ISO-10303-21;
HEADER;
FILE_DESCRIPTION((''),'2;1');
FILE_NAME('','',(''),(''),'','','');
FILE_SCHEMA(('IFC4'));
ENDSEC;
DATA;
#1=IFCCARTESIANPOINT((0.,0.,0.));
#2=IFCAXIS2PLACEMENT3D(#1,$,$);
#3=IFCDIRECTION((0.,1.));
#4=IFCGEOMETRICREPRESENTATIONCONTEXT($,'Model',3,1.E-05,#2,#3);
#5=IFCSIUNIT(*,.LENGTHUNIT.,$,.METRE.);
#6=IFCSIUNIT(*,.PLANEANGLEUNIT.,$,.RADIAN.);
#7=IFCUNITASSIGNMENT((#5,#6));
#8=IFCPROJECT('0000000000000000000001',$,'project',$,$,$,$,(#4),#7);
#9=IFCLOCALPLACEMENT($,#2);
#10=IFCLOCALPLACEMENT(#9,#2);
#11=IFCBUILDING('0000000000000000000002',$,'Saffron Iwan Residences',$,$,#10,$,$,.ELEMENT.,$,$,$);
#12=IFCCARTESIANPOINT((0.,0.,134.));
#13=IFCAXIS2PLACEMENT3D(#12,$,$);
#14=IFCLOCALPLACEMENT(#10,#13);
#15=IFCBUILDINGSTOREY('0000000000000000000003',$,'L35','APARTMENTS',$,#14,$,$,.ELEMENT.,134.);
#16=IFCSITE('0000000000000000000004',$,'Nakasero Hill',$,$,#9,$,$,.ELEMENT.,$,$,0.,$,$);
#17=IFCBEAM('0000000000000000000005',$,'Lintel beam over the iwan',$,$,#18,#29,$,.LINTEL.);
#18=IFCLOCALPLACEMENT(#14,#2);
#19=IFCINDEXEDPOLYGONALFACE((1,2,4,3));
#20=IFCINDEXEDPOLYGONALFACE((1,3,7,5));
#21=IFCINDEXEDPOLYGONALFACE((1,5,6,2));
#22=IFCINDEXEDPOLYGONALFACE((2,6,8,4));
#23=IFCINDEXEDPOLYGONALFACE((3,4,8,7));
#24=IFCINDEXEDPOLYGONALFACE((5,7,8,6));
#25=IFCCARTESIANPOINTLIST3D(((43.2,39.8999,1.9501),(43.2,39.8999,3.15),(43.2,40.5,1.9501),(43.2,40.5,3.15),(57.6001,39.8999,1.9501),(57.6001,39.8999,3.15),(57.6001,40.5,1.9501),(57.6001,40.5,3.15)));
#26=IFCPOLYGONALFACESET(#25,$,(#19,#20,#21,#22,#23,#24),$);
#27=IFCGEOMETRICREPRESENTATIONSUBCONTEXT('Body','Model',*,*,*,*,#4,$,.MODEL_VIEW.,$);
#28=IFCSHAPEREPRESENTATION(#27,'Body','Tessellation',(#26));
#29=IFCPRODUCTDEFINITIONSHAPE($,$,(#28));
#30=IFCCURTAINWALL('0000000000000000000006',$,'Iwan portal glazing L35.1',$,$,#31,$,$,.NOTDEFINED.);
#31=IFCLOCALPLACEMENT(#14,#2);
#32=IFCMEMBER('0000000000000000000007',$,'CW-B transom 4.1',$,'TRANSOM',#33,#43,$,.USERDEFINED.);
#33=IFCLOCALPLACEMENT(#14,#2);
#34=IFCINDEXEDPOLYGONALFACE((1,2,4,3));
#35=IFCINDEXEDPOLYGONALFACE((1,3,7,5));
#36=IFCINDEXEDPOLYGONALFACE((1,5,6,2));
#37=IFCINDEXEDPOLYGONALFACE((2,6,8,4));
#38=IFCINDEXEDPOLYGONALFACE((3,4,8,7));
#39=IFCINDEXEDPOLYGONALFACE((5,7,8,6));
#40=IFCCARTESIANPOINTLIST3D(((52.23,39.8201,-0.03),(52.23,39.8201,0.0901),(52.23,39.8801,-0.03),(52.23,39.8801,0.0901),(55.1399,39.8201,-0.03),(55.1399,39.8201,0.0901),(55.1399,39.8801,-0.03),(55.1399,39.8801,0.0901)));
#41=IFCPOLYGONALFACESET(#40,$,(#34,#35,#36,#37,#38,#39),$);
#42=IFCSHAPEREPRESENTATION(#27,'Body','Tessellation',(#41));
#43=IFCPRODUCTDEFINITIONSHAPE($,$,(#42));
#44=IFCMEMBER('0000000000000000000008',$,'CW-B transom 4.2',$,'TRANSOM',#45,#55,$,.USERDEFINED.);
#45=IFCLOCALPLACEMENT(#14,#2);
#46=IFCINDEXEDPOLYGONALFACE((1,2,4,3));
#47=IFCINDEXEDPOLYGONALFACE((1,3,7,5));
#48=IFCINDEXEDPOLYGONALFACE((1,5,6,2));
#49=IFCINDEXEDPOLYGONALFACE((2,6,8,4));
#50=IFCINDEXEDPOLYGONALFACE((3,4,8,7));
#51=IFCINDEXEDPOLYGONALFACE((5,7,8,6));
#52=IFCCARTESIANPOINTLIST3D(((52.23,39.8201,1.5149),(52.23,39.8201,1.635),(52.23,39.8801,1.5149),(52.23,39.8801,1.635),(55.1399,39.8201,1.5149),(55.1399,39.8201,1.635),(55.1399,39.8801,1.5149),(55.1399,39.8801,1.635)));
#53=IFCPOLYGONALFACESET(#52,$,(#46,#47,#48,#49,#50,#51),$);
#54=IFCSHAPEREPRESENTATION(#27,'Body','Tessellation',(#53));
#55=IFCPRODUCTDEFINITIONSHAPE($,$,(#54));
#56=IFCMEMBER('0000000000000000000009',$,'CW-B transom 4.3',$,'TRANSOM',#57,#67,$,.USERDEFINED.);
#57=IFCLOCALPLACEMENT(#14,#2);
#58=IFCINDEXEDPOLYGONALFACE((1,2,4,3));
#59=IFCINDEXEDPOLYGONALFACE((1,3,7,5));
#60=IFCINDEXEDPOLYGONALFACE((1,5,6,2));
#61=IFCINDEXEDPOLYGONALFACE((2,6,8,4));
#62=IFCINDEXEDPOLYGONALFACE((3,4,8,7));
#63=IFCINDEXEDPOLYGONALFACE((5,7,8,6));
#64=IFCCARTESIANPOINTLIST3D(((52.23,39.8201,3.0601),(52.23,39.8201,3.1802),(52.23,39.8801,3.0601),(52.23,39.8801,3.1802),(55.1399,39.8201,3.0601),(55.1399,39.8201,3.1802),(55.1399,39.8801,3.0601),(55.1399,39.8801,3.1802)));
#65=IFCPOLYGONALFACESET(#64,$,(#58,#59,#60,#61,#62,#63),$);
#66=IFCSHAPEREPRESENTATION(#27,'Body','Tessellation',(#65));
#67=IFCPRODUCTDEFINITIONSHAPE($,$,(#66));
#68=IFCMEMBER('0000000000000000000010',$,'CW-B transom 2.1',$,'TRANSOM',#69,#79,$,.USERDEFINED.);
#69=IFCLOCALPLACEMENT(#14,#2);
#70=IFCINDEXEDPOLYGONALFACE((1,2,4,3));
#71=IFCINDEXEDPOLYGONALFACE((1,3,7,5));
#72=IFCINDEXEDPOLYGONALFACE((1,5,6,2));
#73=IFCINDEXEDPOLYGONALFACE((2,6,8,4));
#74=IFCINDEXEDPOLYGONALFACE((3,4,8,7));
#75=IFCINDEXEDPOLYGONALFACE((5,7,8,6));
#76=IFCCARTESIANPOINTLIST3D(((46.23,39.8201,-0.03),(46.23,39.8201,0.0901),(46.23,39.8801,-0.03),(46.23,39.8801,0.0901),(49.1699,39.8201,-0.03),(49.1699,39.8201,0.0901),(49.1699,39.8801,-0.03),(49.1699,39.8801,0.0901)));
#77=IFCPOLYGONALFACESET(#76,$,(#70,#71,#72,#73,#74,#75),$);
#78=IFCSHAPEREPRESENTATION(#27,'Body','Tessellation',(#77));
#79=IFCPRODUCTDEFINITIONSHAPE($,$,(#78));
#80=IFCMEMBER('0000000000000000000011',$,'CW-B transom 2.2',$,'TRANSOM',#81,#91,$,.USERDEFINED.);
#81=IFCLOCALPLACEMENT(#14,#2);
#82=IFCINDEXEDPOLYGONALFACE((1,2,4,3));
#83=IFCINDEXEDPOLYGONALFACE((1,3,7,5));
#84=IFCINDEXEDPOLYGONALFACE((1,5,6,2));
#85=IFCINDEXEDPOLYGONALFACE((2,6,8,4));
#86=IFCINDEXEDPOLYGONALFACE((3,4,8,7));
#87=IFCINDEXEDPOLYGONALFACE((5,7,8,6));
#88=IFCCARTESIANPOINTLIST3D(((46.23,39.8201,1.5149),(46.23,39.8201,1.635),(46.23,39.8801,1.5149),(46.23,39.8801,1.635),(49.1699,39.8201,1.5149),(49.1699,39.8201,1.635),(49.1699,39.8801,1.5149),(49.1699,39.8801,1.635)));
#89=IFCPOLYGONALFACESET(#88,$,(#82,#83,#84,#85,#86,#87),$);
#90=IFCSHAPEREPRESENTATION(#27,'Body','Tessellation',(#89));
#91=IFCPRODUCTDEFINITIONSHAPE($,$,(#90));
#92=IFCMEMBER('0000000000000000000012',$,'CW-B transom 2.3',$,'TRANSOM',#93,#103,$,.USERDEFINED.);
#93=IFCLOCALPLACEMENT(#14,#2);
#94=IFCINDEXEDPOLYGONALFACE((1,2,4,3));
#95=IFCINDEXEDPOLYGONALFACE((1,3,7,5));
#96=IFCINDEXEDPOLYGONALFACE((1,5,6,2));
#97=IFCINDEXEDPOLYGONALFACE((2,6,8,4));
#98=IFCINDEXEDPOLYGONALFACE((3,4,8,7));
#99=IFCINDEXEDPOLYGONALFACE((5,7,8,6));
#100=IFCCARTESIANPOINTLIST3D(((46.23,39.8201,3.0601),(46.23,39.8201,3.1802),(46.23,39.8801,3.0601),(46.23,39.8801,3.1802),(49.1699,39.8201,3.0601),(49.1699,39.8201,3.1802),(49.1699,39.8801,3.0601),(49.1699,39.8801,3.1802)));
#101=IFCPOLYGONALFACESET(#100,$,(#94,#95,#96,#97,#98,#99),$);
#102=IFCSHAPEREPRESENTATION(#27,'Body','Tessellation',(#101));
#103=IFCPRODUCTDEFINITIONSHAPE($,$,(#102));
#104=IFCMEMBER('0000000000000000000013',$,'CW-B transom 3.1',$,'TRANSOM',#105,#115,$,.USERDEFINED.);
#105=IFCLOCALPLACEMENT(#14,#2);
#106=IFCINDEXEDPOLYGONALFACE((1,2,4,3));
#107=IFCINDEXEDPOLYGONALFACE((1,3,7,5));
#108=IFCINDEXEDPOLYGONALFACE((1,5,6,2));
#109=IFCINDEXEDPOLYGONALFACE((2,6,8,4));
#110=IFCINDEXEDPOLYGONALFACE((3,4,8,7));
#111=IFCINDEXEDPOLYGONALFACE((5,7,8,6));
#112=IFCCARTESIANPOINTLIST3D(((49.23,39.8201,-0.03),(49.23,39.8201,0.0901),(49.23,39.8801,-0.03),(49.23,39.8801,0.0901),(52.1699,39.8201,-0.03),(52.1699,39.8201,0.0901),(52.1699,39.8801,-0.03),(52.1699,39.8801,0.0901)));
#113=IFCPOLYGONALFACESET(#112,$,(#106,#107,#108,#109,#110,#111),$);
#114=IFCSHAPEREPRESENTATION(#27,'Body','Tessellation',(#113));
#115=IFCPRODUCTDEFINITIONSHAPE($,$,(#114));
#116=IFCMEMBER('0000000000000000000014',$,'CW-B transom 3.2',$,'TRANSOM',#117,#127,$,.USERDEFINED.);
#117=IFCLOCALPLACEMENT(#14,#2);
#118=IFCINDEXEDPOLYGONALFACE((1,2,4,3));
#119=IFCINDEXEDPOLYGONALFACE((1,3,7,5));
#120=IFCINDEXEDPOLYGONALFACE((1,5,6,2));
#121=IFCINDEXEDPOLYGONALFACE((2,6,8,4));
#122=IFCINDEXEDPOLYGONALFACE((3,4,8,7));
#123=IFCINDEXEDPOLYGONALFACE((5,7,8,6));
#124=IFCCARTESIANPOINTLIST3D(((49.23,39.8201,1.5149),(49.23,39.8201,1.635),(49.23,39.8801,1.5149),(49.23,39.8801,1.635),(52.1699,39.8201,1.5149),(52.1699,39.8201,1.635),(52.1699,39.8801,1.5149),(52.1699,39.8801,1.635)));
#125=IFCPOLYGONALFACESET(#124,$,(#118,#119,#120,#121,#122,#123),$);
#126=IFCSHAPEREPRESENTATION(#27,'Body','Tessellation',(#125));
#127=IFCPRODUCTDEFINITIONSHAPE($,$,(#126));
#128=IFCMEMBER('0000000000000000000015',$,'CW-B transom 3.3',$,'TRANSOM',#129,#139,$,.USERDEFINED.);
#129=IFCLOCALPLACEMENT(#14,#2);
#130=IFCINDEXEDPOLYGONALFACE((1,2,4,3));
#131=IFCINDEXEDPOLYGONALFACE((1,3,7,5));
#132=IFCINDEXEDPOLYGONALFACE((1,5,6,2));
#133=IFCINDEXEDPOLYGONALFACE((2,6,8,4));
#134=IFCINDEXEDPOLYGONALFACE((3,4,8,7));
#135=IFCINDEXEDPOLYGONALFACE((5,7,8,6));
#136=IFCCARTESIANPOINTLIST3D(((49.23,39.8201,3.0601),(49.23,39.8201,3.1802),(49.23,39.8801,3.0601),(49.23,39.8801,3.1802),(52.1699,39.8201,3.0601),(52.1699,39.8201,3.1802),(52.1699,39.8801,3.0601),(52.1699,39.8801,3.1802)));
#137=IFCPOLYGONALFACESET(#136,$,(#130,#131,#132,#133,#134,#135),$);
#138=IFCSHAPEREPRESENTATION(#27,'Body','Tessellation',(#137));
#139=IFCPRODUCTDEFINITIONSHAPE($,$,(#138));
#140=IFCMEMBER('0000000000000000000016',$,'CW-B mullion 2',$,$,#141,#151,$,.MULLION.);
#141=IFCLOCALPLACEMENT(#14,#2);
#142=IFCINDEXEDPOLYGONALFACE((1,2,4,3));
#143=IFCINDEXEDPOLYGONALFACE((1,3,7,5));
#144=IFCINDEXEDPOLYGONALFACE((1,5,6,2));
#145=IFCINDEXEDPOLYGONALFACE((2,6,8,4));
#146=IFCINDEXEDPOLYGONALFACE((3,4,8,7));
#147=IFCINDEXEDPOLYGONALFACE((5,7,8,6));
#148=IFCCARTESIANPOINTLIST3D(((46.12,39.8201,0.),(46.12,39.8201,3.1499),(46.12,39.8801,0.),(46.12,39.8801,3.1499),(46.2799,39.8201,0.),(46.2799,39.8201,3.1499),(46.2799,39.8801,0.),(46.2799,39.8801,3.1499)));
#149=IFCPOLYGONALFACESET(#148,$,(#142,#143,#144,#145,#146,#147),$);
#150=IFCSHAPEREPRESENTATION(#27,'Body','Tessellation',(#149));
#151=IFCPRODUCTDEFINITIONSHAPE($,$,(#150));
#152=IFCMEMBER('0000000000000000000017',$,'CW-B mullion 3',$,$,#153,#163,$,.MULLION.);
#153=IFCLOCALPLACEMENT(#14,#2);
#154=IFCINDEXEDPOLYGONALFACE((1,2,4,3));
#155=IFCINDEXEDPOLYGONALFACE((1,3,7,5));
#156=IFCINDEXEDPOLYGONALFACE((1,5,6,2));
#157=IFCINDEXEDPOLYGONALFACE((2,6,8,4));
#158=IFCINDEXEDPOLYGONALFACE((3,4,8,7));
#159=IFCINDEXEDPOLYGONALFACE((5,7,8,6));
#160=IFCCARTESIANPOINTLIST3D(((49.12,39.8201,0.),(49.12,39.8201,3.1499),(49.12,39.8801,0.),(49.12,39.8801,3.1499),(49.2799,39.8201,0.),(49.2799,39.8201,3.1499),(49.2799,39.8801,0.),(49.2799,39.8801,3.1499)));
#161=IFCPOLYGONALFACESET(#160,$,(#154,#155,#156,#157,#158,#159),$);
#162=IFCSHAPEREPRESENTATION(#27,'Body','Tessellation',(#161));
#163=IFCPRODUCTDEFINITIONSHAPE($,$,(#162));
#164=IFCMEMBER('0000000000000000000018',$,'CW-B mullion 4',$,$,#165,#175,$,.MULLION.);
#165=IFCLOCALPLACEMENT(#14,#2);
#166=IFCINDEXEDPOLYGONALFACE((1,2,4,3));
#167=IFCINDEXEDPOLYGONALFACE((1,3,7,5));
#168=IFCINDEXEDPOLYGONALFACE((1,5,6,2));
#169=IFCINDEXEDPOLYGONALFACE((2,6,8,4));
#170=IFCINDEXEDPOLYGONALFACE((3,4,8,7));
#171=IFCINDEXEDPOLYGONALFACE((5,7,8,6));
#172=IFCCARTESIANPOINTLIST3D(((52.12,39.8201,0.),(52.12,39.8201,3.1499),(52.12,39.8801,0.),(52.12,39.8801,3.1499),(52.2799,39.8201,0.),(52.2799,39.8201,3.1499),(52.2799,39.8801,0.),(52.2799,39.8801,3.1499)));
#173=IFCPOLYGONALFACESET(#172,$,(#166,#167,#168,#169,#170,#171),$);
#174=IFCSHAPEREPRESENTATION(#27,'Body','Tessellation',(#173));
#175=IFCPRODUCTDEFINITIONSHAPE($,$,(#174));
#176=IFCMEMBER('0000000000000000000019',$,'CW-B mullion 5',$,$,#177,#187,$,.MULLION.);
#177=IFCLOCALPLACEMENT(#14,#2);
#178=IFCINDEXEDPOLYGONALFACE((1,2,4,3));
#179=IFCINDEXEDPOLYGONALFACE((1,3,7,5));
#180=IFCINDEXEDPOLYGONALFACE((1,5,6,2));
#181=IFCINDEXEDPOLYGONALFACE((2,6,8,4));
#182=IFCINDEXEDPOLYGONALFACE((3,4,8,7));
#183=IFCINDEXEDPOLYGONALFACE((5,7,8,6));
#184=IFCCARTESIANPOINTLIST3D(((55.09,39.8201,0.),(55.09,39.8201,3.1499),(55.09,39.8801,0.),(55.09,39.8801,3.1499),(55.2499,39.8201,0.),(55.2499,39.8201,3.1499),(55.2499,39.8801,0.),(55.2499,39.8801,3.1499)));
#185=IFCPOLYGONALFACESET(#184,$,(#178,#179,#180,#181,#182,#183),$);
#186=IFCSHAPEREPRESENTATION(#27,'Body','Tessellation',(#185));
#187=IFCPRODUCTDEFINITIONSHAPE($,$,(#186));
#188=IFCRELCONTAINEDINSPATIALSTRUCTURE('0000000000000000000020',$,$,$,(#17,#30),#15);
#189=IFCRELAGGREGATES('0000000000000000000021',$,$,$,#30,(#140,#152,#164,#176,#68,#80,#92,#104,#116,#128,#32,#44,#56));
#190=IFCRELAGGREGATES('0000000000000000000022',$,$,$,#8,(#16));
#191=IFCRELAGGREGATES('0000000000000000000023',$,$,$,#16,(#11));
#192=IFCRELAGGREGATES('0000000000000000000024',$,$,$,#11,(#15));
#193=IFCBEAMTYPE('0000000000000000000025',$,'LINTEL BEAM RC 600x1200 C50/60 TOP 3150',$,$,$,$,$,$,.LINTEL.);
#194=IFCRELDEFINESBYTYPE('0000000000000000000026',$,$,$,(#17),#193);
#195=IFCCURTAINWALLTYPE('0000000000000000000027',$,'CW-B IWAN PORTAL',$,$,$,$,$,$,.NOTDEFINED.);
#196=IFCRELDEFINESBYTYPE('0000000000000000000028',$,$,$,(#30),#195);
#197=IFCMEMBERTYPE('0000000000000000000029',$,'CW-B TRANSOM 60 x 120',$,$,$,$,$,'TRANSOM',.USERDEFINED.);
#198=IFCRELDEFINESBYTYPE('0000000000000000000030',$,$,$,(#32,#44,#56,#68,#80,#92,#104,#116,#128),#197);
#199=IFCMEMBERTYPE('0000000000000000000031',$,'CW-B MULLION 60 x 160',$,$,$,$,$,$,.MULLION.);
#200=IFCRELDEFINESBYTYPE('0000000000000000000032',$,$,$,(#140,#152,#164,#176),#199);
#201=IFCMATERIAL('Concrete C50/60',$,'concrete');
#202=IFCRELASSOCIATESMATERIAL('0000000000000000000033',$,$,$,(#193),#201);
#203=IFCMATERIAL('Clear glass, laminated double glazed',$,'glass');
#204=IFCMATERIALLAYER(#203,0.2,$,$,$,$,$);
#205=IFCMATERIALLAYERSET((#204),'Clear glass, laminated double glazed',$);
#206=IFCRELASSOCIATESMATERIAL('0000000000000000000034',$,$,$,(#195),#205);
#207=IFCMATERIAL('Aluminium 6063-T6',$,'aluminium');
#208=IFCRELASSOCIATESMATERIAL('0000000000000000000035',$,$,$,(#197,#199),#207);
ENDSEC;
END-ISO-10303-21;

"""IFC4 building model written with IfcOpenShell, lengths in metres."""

from ifc_helpers import new_model, si_unit, direction, frame, origin, origin_2d, place, context, subcontext, project, spatial, rectangle, extrude, source, transform, mapped, material, layer, layer_set, material_profile, profile_set, type_object, element, aggregate, save


model = new_model("IFC4")

# Units and contexts
model_context = context("Model", 3, precision=1e-05, world=origin(), true_north=direction((0.0, 1.0)))
body_context = subcontext(model_context, "Body", "Model", "MODEL_VIEW")
ifc_project = project(units=[si_unit("LENGTHUNIT", "METRE"), si_unit("PLANEANGLEUNIT", "RADIAN")], contexts=[model_context])

# Site, building, storey
site_placement = place(None, origin())
site = spatial("IfcSite", under=ifc_project, at=site_placement, Name="Nakasero Hill", CompositionType="ELEMENT", RefElevation=0.0)
building_placement = place(site_placement, origin())
building = spatial("IfcBuilding", under=site, at=building_placement, Name="Saffron Iwan Residences", CompositionType="ELEMENT")
storey_placement = place(building_placement, frame((0.0, 0.0, 134.0)))
storey = spatial("IfcBuildingStorey", under=building, at=storey_placement, Name="L35", Description="APARTMENTS", CompositionType="ELEMENT", Elevation=134.0)

# Beam
ifc_material_1 = material(Name="Concrete C50/60", Category="concrete")
ifc_material_profile_1 = material_profile(ifc_material_1, rectangle(XDim=0.6001, YDim=1.2, at=origin_2d()), Name="RC 600x1200")
ifc_profile_set_1 = profile_set([ifc_material_profile_1], Name="Concrete C50/60")
beam_type = type_object("IfcBeamType", Name="LINTEL BEAM RC 600x1200 C50/60 TOP 3150", PredefinedType="LINTEL", material=ifc_profile_set_1)
shared_shape_1 = source(origin(), body_context, "Body", "SweptSolid", [
    extrude(rectangle(XDim=0.6001, YDim=1.2, at=origin_2d()), origin(), (0.0, 0.0, 1.0), 14.4001),
])
beam_placement = place(storey_placement, frame((57.6001, 40.2, 2.55), z_axis=(-1.0, 0.0, 0.0), x_axis=(0.0, -1.0, 0.0)))
element("IfcBeam", 1, at=beam_placement, inside=storey, type_object=beam_type, Name="Lintel beam over the iwan", PredefinedType="LINTEL", context=body_context, shape_type="MappedRepresentation", body=[
    mapped(shared_shape_1, transform((0.0, 0.0, 0.0))),
])

# Curtain wall, members
ifc_material_2 = material(Name="Clear glass, laminated double glazed", Category="glass")
ifc_layer_1 = layer(ifc_material_2, 0.2)
ifc_layer_set_1 = layer_set([ifc_layer_1], Name="Clear glass, laminated double glazed")
curtain_wall_type = type_object("IfcCurtainWallType", Name="CW-B IWAN PORTAL", PredefinedType="NOTDEFINED", material=ifc_layer_set_1)
curtain_wall_placement = place(storey_placement, origin())
curtain_wall = element("IfcCurtainWall", 2, at=curtain_wall_placement, inside=storey, type_object=curtain_wall_type, Name="Iwan portal glazing L35.1", PredefinedType="NOTDEFINED")
ifc_material_3 = material(Name="Aluminium 6063-T6", Category="aluminium")
ifc_material_profile_2 = material_profile(ifc_material_3, rectangle(XDim=0.0601, YDim=0.1201, at=origin_2d()), Name="CW-B TRANSOM 60 x 120")
ifc_profile_set_2 = profile_set([ifc_material_profile_2], Name="Aluminium 6063-T6")
member_type_1 = type_object("IfcMemberType", Name="CW-B TRANSOM 60 x 120", ElementType="TRANSOM", PredefinedType="USERDEFINED", material=ifc_profile_set_2)
shared_shape_2 = source(origin(), body_context, "Body", "SweptSolid", [
    extrude(rectangle(XDim=0.0601, YDim=0.1201, at=origin_2d()), origin(), (0.0, 0.0, 1.0), 2.9099),
])
member_1_placement = place(storey_placement, frame((52.23, 39.8501, 0.03), z_axis=(1.0, 0.0, 0.0), x_axis=(0.0, 1.0, 0.0)))
member_1 = element("IfcMember", 3, at=member_1_placement, type_object=member_type_1, Name="CW-B transom 4.1", ObjectType="TRANSOM", PredefinedType="USERDEFINED", context=body_context, shape_type="MappedRepresentation", body=[
    mapped(shared_shape_2, transform((0.0, 0.0, 0.0))),
])
member_2_placement = place(storey_placement, frame((52.23, 39.8501, 1.575), z_axis=(1.0, 0.0, 0.0), x_axis=(0.0, 1.0, 0.0)))
member_2 = element("IfcMember", 4, at=member_2_placement, type_object=member_type_1, Name="CW-B transom 4.2", ObjectType="TRANSOM", PredefinedType="USERDEFINED", context=body_context, shape_type="MappedRepresentation", body=[
    mapped(shared_shape_2, transform((0.0, 0.0, 0.0))),
])
member_3_placement = place(storey_placement, frame((52.23, 39.8501, 3.1201), z_axis=(1.0, 0.0, 0.0), x_axis=(0.0, 1.0, 0.0)))
member_3 = element("IfcMember", 5, at=member_3_placement, type_object=member_type_1, Name="CW-B transom 4.3", ObjectType="TRANSOM", PredefinedType="USERDEFINED", context=body_context, shape_type="MappedRepresentation", body=[
    mapped(shared_shape_2, transform((0.0, 0.0, 0.0))),
])
shared_shape_3 = source(origin(), body_context, "Body", "SweptSolid", [
    extrude(rectangle(XDim=0.0601, YDim=0.1201, at=origin_2d()), origin(), (0.0, 0.0, 1.0), 2.9399),
])
member_4_placement = place(storey_placement, frame((46.23, 39.8501, 0.03), z_axis=(1.0, 0.0, 0.0), x_axis=(0.0, 1.0, 0.0)))
member_4 = element("IfcMember", 6, at=member_4_placement, type_object=member_type_1, Name="CW-B transom 2.1", ObjectType="TRANSOM", PredefinedType="USERDEFINED", context=body_context, shape_type="MappedRepresentation", body=[
    mapped(shared_shape_3, transform((0.0, 0.0, 0.0))),
])
member_5_placement = place(storey_placement, frame((46.23, 39.8501, 1.575), z_axis=(1.0, 0.0, 0.0), x_axis=(0.0, 1.0, 0.0)))
member_5 = element("IfcMember", 7, at=member_5_placement, type_object=member_type_1, Name="CW-B transom 2.2", ObjectType="TRANSOM", PredefinedType="USERDEFINED", context=body_context, shape_type="MappedRepresentation", body=[
    mapped(shared_shape_3, transform((0.0, 0.0, 0.0))),
])
member_6_placement = place(storey_placement, frame((46.23, 39.8501, 3.1201), z_axis=(1.0, 0.0, 0.0), x_axis=(0.0, 1.0, 0.0)))
member_6 = element("IfcMember", 8, at=member_6_placement, type_object=member_type_1, Name="CW-B transom 2.3", ObjectType="TRANSOM", PredefinedType="USERDEFINED", context=body_context, shape_type="MappedRepresentation", body=[
    mapped(shared_shape_3, transform((0.0, 0.0, 0.0))),
])
member_7_placement = place(storey_placement, frame((49.23, 39.8501, 0.03), z_axis=(1.0, 0.0, 0.0), x_axis=(0.0, 1.0, 0.0)))
member_7 = element("IfcMember", 9, at=member_7_placement, type_object=member_type_1, Name="CW-B transom 3.1", ObjectType="TRANSOM", PredefinedType="USERDEFINED", context=body_context, shape_type="MappedRepresentation", body=[
    mapped(shared_shape_3, transform((0.0, 0.0, 0.0))),
])
member_8_placement = place(storey_placement, frame((49.23, 39.8501, 1.575), z_axis=(1.0, 0.0, 0.0), x_axis=(0.0, 1.0, 0.0)))
member_8 = element("IfcMember", 10, at=member_8_placement, type_object=member_type_1, Name="CW-B transom 3.2", ObjectType="TRANSOM", PredefinedType="USERDEFINED", context=body_context, shape_type="MappedRepresentation", body=[
    mapped(shared_shape_3, transform((0.0, 0.0, 0.0))),
])
member_9_placement = place(storey_placement, frame((49.23, 39.8501, 3.1201), z_axis=(1.0, 0.0, 0.0), x_axis=(0.0, 1.0, 0.0)))
member_9 = element("IfcMember", 11, at=member_9_placement, type_object=member_type_1, Name="CW-B transom 3.3", ObjectType="TRANSOM", PredefinedType="USERDEFINED", context=body_context, shape_type="MappedRepresentation", body=[
    mapped(shared_shape_3, transform((0.0, 0.0, 0.0))),
])
ifc_material_profile_3 = material_profile(ifc_material_3, rectangle(XDim=0.0601, YDim=0.1599, at=origin_2d()), Name="CW-B MULLION 60 x 160")
ifc_profile_set_3 = profile_set([ifc_material_profile_3], Name="Aluminium 6063-T6")
member_type_2 = type_object("IfcMemberType", Name="CW-B MULLION 60 x 160", PredefinedType="MULLION", material=ifc_profile_set_3)
shared_shape_4 = source(origin(), body_context, "Body", "SweptSolid", [
    extrude(rectangle(XDim=0.0601, YDim=0.1599, at=origin_2d()), origin(), (0.0, 0.0, 1.0), 3.1499),
])
member_10_placement = place(storey_placement, frame((46.2, 39.8501, 0.0), z_axis=(0.0, 0.0, 1.0), x_axis=(0.0, 1.0, 0.0)))
member_10 = element("IfcMember", 12, at=member_10_placement, type_object=member_type_2, Name="CW-B mullion 2", PredefinedType="MULLION", context=body_context, shape_type="MappedRepresentation", body=[
    mapped(shared_shape_4, transform((0.0, 0.0, 0.0))),
])
member_11_placement = place(storey_placement, frame((49.2, 39.8501, 0.0), z_axis=(0.0, 0.0, 1.0), x_axis=(0.0, 1.0, 0.0)))
member_11 = element("IfcMember", 13, at=member_11_placement, type_object=member_type_2, Name="CW-B mullion 3", PredefinedType="MULLION", context=body_context, shape_type="MappedRepresentation", body=[
    mapped(shared_shape_4, transform((0.0, 0.0, 0.0))),
])
member_12_placement = place(storey_placement, frame((52.2, 39.8501, 0.0), z_axis=(0.0, 0.0, 1.0), x_axis=(0.0, 1.0, 0.0)))
member_12 = element("IfcMember", 14, at=member_12_placement, type_object=member_type_2, Name="CW-B mullion 4", PredefinedType="MULLION", context=body_context, shape_type="MappedRepresentation", body=[
    mapped(shared_shape_4, transform((0.0, 0.0, 0.0))),
])
member_13_placement = place(storey_placement, frame((55.1699, 39.8501, 0.0), z_axis=(0.0, 0.0, 1.0), x_axis=(0.0, 1.0, 0.0)))
member_13 = element("IfcMember", 15, at=member_13_placement, type_object=member_type_2, Name="CW-B mullion 5", PredefinedType="MULLION", context=body_context, shape_type="MappedRepresentation", body=[
    mapped(shared_shape_4, transform((0.0, 0.0, 0.0))),
])
aggregate(curtain_wall, [member_10, member_11, member_12, member_13, member_4, member_5, member_6, member_7, member_8, member_9, member_1, member_2, member_3])

save(model, "model.ifc")
